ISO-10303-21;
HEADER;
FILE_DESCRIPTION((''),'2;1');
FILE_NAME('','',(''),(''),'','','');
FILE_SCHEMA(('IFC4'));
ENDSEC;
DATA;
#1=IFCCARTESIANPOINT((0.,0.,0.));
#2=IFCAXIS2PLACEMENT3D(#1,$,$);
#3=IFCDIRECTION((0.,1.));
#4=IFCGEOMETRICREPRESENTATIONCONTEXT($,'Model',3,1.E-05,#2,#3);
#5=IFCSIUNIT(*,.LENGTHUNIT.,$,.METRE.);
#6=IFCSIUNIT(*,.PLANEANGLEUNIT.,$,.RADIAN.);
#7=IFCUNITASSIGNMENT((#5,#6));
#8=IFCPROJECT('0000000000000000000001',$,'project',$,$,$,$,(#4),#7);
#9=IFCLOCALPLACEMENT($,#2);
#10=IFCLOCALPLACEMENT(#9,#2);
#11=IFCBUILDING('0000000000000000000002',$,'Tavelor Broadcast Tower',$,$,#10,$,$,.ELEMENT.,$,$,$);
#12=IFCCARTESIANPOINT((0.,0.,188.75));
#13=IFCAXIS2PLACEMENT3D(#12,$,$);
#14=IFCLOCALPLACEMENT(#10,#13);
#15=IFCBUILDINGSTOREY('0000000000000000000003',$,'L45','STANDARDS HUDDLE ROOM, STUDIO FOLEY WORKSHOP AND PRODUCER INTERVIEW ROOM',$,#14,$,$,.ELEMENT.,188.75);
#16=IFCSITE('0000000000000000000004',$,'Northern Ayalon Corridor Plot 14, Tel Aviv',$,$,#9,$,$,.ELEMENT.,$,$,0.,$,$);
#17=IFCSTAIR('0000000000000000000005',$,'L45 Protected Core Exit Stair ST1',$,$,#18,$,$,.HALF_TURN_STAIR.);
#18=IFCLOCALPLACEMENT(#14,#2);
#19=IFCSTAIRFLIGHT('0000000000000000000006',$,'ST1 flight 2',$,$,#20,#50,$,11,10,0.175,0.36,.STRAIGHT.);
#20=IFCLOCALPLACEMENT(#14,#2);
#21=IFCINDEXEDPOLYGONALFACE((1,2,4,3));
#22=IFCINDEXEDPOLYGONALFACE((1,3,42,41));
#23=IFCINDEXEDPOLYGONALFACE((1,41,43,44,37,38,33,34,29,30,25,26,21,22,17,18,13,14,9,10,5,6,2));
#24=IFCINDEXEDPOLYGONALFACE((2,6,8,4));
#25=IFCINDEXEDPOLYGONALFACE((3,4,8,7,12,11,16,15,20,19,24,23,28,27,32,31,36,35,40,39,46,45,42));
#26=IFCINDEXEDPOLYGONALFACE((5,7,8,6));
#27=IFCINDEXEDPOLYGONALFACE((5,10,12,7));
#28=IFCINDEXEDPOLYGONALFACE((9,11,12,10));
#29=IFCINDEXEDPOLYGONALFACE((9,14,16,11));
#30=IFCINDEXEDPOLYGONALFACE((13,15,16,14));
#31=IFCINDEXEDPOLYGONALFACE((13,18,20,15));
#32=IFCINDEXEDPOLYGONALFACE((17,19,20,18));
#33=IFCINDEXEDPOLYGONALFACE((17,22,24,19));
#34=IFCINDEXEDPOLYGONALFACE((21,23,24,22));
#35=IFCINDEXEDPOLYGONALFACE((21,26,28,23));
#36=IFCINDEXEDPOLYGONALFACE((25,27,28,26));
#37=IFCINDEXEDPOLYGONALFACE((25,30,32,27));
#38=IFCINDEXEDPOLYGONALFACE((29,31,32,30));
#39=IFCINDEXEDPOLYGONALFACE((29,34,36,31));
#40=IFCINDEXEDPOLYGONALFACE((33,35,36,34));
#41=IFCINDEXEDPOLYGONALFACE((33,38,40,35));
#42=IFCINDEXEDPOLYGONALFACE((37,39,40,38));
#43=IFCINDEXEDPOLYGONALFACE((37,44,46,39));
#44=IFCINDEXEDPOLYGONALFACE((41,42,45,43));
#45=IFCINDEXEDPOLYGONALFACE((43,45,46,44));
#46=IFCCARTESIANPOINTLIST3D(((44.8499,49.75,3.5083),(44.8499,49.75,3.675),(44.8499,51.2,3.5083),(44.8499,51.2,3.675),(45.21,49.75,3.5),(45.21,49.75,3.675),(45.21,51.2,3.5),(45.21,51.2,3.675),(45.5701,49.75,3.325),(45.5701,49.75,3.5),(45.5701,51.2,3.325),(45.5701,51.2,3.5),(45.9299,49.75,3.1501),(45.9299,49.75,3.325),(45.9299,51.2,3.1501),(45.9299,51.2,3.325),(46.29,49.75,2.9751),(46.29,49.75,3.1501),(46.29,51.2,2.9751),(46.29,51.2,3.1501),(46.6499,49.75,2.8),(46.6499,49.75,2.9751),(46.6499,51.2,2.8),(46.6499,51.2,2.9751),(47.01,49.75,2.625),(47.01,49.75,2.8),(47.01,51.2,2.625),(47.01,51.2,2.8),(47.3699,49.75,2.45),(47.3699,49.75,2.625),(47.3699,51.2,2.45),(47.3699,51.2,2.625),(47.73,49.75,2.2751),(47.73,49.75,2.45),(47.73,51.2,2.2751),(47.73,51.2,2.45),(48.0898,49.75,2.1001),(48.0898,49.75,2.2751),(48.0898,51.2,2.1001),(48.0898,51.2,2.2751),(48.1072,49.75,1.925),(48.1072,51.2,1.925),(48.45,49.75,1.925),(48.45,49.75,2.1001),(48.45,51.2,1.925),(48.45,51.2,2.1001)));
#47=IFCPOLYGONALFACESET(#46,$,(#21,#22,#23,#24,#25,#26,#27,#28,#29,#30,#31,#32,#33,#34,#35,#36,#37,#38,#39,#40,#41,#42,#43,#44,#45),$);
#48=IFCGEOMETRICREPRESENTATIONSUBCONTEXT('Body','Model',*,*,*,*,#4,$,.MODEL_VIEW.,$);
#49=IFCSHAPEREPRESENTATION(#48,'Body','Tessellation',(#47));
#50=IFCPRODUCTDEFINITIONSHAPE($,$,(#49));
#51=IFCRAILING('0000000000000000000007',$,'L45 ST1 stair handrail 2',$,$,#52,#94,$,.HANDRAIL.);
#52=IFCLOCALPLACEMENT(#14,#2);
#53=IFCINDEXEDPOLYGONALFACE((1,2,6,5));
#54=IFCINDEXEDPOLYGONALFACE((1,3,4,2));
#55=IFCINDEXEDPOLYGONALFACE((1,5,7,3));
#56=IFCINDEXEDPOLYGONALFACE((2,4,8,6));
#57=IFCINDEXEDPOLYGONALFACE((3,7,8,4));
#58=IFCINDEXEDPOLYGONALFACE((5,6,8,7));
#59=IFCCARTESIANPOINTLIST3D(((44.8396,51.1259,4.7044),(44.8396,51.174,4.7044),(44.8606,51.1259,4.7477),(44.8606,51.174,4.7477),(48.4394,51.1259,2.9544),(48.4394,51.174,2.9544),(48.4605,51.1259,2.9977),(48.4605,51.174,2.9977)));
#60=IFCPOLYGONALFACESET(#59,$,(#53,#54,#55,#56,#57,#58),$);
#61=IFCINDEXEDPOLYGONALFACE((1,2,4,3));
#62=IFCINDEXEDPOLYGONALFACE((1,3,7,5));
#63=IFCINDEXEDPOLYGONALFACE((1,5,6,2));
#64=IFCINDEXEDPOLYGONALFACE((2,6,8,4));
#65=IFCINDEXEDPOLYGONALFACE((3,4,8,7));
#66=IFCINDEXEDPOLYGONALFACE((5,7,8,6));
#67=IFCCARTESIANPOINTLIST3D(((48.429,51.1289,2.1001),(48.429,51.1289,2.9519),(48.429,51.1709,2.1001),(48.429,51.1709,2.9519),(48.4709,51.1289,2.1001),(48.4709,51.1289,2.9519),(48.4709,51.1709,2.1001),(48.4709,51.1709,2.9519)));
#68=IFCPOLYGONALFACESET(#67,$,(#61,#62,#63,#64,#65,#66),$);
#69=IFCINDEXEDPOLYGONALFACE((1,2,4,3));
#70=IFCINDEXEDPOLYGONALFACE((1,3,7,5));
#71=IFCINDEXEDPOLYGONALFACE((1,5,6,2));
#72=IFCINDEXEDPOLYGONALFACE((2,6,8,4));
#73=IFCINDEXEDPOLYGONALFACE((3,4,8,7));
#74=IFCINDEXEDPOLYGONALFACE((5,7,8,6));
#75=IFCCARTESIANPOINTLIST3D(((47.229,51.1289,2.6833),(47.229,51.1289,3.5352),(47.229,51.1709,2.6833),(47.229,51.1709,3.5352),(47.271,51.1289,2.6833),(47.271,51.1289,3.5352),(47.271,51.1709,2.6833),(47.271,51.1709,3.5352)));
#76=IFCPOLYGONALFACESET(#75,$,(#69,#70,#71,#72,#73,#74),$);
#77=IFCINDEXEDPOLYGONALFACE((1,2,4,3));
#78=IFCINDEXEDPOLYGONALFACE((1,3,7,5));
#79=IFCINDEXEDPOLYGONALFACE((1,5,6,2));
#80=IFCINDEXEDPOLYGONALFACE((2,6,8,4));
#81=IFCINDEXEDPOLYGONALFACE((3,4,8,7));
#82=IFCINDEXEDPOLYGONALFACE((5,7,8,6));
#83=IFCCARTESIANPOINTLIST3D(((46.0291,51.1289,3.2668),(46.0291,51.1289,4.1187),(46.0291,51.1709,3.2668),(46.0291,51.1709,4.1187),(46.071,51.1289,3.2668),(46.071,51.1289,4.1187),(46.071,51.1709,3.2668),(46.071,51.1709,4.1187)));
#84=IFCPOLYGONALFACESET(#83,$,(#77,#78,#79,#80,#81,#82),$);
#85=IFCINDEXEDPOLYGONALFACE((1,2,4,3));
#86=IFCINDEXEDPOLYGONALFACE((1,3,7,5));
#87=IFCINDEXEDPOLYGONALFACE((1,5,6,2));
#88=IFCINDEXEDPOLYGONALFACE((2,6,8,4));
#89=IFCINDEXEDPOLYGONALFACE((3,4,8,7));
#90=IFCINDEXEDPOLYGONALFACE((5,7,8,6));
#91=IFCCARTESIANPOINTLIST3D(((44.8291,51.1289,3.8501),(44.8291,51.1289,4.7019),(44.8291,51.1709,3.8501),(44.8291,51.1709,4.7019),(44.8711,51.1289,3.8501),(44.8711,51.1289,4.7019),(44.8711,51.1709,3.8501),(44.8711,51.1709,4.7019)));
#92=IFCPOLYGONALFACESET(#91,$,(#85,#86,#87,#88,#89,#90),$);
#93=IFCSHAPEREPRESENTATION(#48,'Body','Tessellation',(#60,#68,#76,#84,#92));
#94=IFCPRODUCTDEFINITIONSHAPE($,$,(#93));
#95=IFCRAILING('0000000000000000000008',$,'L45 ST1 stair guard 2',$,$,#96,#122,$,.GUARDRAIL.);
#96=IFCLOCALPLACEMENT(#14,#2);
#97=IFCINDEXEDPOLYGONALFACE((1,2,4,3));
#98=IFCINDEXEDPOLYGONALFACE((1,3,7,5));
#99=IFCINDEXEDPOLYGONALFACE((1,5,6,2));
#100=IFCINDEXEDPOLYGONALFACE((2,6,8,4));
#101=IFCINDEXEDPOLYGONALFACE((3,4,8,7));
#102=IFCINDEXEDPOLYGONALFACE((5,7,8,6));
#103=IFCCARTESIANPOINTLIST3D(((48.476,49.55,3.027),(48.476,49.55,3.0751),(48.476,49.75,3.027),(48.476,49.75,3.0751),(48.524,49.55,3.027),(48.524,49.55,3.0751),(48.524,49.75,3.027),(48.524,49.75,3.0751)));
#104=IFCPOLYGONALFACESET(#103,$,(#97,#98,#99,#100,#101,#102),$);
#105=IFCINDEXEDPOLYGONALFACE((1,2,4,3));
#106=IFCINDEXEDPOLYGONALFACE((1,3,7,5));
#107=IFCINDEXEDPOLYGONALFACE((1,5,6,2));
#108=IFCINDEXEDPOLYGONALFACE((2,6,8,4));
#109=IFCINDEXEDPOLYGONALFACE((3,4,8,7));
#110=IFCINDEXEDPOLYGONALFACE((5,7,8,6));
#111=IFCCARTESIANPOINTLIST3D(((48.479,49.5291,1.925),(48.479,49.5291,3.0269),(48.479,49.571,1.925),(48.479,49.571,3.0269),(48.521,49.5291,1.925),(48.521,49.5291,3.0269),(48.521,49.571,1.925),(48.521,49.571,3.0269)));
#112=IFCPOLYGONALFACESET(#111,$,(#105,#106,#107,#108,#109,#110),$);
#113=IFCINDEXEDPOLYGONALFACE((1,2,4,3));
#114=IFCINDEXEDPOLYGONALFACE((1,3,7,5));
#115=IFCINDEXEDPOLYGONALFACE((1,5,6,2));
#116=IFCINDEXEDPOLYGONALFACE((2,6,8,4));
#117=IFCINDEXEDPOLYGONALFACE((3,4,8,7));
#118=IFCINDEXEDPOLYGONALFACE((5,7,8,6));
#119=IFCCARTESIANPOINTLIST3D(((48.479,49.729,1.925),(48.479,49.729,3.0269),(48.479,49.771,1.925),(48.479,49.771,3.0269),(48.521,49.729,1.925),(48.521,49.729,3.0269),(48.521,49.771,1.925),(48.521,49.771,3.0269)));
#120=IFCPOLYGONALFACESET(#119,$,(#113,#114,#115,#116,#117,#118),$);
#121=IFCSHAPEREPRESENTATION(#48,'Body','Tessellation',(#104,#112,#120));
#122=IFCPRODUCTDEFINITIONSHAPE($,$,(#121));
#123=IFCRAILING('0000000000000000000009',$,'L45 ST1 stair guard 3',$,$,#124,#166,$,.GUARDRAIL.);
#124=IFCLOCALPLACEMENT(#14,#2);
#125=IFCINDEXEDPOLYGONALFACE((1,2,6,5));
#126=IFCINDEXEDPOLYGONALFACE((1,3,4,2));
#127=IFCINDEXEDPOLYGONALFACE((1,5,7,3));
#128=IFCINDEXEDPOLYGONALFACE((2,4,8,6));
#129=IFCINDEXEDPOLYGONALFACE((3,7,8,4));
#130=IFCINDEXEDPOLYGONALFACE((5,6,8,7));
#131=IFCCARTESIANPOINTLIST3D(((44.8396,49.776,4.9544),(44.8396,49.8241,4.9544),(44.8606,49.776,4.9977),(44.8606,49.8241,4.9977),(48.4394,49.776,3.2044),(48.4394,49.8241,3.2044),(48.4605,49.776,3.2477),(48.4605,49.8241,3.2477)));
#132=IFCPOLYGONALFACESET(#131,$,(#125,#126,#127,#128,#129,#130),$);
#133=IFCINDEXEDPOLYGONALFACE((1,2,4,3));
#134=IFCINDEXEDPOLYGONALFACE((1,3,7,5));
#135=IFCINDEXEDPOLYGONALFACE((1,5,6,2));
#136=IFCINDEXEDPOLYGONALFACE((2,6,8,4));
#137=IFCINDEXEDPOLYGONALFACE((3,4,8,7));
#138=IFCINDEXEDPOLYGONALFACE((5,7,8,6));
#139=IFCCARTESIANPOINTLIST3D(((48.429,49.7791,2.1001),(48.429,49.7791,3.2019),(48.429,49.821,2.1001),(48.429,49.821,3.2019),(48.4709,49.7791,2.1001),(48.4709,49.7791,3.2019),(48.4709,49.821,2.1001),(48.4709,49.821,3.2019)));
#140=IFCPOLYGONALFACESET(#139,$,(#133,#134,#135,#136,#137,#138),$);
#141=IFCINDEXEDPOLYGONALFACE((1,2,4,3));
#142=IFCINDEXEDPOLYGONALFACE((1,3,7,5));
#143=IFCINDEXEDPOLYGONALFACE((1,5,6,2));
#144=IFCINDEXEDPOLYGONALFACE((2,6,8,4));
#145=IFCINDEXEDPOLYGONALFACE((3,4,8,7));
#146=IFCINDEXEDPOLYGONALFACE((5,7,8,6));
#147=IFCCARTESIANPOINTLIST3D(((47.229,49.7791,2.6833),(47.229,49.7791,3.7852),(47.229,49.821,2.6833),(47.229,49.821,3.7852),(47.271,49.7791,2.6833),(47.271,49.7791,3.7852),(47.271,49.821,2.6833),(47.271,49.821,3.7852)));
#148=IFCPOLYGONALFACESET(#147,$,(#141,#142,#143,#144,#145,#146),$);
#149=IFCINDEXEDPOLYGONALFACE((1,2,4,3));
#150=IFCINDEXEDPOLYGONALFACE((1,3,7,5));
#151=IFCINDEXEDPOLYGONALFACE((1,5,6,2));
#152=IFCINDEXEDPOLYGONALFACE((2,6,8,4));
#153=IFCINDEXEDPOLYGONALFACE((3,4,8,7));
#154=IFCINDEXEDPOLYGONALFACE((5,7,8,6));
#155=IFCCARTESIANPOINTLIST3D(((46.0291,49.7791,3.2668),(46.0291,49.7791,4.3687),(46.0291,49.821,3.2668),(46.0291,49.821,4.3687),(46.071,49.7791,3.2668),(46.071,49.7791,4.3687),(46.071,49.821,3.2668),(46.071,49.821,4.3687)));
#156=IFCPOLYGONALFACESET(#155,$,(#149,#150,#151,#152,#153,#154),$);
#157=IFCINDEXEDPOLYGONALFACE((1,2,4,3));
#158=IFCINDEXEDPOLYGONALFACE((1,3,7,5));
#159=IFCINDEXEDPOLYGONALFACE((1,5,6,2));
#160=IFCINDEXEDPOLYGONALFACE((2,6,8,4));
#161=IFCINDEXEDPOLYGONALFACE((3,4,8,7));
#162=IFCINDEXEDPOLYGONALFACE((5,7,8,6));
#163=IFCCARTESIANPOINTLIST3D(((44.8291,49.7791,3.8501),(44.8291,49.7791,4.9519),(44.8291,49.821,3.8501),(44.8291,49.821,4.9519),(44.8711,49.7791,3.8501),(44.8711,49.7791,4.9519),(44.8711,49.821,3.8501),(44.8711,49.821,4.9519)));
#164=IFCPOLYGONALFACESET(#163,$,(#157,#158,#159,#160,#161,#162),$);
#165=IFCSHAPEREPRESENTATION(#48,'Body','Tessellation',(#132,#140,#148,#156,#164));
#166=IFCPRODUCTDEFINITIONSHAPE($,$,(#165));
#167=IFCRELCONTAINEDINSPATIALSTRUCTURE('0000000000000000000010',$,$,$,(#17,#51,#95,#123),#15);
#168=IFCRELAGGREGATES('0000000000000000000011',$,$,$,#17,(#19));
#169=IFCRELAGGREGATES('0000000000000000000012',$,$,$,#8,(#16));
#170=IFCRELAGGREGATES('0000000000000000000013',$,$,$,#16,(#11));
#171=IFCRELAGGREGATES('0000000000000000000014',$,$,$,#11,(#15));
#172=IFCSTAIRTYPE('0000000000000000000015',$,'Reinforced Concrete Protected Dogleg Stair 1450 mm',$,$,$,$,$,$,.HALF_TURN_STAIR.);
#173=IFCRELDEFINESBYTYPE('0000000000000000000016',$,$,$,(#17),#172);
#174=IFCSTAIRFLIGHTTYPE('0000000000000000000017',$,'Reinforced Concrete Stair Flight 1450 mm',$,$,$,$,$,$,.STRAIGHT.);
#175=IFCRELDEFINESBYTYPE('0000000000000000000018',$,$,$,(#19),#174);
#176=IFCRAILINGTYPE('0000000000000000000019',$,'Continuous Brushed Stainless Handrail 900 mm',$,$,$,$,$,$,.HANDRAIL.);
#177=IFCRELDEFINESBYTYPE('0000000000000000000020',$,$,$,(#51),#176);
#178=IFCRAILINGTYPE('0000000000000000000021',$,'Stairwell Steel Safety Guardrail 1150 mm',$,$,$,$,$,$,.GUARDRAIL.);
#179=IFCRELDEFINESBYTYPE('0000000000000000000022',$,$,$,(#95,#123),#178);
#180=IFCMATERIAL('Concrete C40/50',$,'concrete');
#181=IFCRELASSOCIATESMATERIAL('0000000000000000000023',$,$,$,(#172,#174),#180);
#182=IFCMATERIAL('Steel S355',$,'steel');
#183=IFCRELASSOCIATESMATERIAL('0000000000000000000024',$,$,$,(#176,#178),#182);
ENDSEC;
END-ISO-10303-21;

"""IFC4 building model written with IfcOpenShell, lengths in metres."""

from ifc_helpers import new_model, si_unit, direction, frame, origin, origin_2d, place, context, subcontext, project, spatial, polyline, rectangle, outline, extrude, material, type_object, element, aggregate, save


model = new_model("IFC4")

# Units and contexts
model_context = context("Model", 3, precision=1e-05, world=origin(), true_north=direction((0.0, 1.0)))
body_context = subcontext(model_context, "Body", "Model", "MODEL_VIEW")
ifc_project = project(units=[si_unit("LENGTHUNIT", "METRE"), si_unit("PLANEANGLEUNIT", "RADIAN")], contexts=[model_context])

# Site, building, storey
site_placement = place(None, origin())
site = spatial("IfcSite", under=ifc_project, at=site_placement, Name="Northern Ayalon Corridor Plot 14, Tel Aviv", CompositionType="ELEMENT", RefElevation=0.0)
building_placement = place(site_placement, origin())
building = spatial("IfcBuilding", under=site, at=building_placement, Name="Tavelor Broadcast Tower", CompositionType="ELEMENT")
storey_placement = place(building_placement, frame((0.0, 0.0, 188.75)))
storey = spatial("IfcBuildingStorey", under=building, at=storey_placement, Name="L45", Description="STANDARDS HUDDLE ROOM, STUDIO FOLEY WORKSHOP AND PRODUCER INTERVIEW ROOM", CompositionType="ELEMENT", Elevation=188.75)

# Shared definitions
ifc_material_1 = material(Name="Concrete C40/50", Category="concrete")
ifc_material_2 = material(Name="Steel S355", Category="steel")

# Stair, stair flight
stair_type = type_object("IfcStairType", Name="Reinforced Concrete Protected Dogleg Stair 1450 mm", PredefinedType="HALF_TURN_STAIR", material=ifc_material_1)
stair_placement = place(storey_placement, origin())
stair = element("IfcStair", 1, at=stair_placement, inside=storey, type_object=stair_type, Name="L45 Protected Core Exit Stair ST1", PredefinedType="HALF_TURN_STAIR")
stair_flight_type = type_object("IfcStairFlightType", Name="Reinforced Concrete Stair Flight 1450 mm", PredefinedType="STRAIGHT", material=ifc_material_1)
stair_flight_placement = place(storey_placement, frame((48.45, 50.4751, 1.925), z_axis=(0.0, 0.0, 1.0), x_axis=(-1.0, 0.0, 0.0)))
stair_flight = element("IfcStairFlight", 2, at=stair_flight_placement, type_object=stair_flight_type, Name="ST1 flight 2", NumberOfRisers=11, NumberOfTreads=10, PredefinedType="STRAIGHT", RiserHeight=0.175, TreadLength=0.36, context=body_context, shape_type="SweptSolid", body=[
    extrude(outline(polyline([(0.0, 0.0), (0.0, 0.175), (0.3601, 0.175), (0.3601, 0.3501), (0.72, 0.3501), (0.72, 0.5249), (1.0801, 0.5249), (1.0801, 0.7), (1.4399, 0.7), (1.4399, 0.875), (1.8, 0.875), (1.8, 1.05), (2.1599, 1.05), (2.1599, 1.2251), (2.52, 1.2251), (2.52, 1.3999), (2.8799, 1.3999), (2.8799, 1.575), (3.24, 1.575), (3.24, 1.75), (3.6001, 1.75), (3.6001, 1.925), (3.6001, 1.5833), (0.3428, 0.0), (0.0, 0.0)])), frame((0.0, 0.7251, 0.0), z_axis=(0.0, -1.0, 0.0), x_axis=(1.0, 0.0, 0.0)), (0.0, 0.0, 1.0), 1.45),
])
aggregate(stair, [stair_flight])

# Railings
railing_type_1 = type_object("IfcRailingType", Name="Continuous Brushed Stainless Handrail 900 mm", PredefinedType="HANDRAIL", material=ifc_material_2)
railing_1_placement = place(storey_placement, frame((48.45, 51.1499, 2.1001)))
element("IfcRailing", 3, at=railing_1_placement, inside=storey, type_object=railing_type_1, Name="L45 ST1 stair handrail 2", PredefinedType="HANDRAIL", context=body_context, shape_type="SweptSolid", body=[
    extrude(rectangle(XDim=0.0481, YDim=0.0481, at=origin_2d()), frame((0.0, 0.0, 0.876), z_axis=(-0.899361, 0.0, 0.437207), x_axis=(0.0, -1.0, 0.0)), (0.0, 0.0, 1.0), 4.0027),
    extrude(rectangle(XDim=0.042, YDim=0.042, at=origin_2d()), origin(), (0.0, 0.0, 1.0), 0.8518),
    extrude(rectangle(XDim=0.042, YDim=0.042, at=origin_2d()), frame((-1.2, 0.0, 0.5833)), (0.0, 0.0, 1.0), 0.8518),
    extrude(rectangle(XDim=0.042, YDim=0.042, at=origin_2d()), frame((-2.3999, 0.0, 1.1667)), (0.0, 0.0, 1.0), 0.8518),
    extrude(rectangle(XDim=0.042, YDim=0.042, at=origin_2d()), frame((-3.5999, 0.0, 1.75)), (0.0, 0.0, 1.0), 0.8518),
])
railing_type_2 = type_object("IfcRailingType", Name="Stairwell Steel Safety Guardrail 1150 mm", PredefinedType="GUARDRAIL", material=ifc_material_2)
railing_2_placement = place(storey_placement, frame((48.5, 49.55, 1.925)))
element("IfcRailing", 4, at=railing_2_placement, inside=storey, type_object=railing_type_2, Name="L45 ST1 stair guard 2", PredefinedType="GUARDRAIL", context=body_context, shape_type="SweptSolid", body=[
    extrude(rectangle(XDim=0.0481, YDim=0.0481, at=origin_2d()), frame((0.0, 0.0, 1.126), z_axis=(0.0, 1.0, 0.0), x_axis=(-1.0, 0.0, 0.0)), (0.0, 0.0, 1.0), 0.2),
    extrude(rectangle(XDim=0.042, YDim=0.042, at=origin_2d()), origin(), (0.0, 0.0, 1.0), 1.1018),
    extrude(rectangle(XDim=0.042, YDim=0.042, at=origin_2d()), frame((0.0, 0.2, 0.0)), (0.0, 0.0, 1.0), 1.1018),
])
railing_3_placement = place(storey_placement, frame((48.45, 49.8, 2.1001)))
element("IfcRailing", 5, at=railing_3_placement, inside=storey, type_object=railing_type_2, Name="L45 ST1 stair guard 3", PredefinedType="GUARDRAIL", context=body_context, shape_type="SweptSolid", body=[
    extrude(rectangle(XDim=0.0481, YDim=0.0481, at=origin_2d()), frame((0.0, 0.0, 1.126), z_axis=(-0.899361, 0.0, 0.437207), x_axis=(0.0, -1.0, 0.0)), (0.0, 0.0, 1.0), 4.0027),
    extrude(rectangle(XDim=0.042, YDim=0.042, at=origin_2d()), origin(), (0.0, 0.0, 1.0), 1.1018),
    extrude(rectangle(XDim=0.042, YDim=0.042, at=origin_2d()), frame((-1.2, 0.0, 0.5833)), (0.0, 0.0, 1.0), 1.1018),
    extrude(rectangle(XDim=0.042, YDim=0.042, at=origin_2d()), frame((-2.3999, 0.0, 1.1667)), (0.0, 0.0, 1.0), 1.1018),
    extrude(rectangle(XDim=0.042, YDim=0.042, at=origin_2d()), frame((-3.5999, 0.0, 1.75)), (0.0, 0.0, 1.0), 1.1018),
])

save(model, "model.ifc")
